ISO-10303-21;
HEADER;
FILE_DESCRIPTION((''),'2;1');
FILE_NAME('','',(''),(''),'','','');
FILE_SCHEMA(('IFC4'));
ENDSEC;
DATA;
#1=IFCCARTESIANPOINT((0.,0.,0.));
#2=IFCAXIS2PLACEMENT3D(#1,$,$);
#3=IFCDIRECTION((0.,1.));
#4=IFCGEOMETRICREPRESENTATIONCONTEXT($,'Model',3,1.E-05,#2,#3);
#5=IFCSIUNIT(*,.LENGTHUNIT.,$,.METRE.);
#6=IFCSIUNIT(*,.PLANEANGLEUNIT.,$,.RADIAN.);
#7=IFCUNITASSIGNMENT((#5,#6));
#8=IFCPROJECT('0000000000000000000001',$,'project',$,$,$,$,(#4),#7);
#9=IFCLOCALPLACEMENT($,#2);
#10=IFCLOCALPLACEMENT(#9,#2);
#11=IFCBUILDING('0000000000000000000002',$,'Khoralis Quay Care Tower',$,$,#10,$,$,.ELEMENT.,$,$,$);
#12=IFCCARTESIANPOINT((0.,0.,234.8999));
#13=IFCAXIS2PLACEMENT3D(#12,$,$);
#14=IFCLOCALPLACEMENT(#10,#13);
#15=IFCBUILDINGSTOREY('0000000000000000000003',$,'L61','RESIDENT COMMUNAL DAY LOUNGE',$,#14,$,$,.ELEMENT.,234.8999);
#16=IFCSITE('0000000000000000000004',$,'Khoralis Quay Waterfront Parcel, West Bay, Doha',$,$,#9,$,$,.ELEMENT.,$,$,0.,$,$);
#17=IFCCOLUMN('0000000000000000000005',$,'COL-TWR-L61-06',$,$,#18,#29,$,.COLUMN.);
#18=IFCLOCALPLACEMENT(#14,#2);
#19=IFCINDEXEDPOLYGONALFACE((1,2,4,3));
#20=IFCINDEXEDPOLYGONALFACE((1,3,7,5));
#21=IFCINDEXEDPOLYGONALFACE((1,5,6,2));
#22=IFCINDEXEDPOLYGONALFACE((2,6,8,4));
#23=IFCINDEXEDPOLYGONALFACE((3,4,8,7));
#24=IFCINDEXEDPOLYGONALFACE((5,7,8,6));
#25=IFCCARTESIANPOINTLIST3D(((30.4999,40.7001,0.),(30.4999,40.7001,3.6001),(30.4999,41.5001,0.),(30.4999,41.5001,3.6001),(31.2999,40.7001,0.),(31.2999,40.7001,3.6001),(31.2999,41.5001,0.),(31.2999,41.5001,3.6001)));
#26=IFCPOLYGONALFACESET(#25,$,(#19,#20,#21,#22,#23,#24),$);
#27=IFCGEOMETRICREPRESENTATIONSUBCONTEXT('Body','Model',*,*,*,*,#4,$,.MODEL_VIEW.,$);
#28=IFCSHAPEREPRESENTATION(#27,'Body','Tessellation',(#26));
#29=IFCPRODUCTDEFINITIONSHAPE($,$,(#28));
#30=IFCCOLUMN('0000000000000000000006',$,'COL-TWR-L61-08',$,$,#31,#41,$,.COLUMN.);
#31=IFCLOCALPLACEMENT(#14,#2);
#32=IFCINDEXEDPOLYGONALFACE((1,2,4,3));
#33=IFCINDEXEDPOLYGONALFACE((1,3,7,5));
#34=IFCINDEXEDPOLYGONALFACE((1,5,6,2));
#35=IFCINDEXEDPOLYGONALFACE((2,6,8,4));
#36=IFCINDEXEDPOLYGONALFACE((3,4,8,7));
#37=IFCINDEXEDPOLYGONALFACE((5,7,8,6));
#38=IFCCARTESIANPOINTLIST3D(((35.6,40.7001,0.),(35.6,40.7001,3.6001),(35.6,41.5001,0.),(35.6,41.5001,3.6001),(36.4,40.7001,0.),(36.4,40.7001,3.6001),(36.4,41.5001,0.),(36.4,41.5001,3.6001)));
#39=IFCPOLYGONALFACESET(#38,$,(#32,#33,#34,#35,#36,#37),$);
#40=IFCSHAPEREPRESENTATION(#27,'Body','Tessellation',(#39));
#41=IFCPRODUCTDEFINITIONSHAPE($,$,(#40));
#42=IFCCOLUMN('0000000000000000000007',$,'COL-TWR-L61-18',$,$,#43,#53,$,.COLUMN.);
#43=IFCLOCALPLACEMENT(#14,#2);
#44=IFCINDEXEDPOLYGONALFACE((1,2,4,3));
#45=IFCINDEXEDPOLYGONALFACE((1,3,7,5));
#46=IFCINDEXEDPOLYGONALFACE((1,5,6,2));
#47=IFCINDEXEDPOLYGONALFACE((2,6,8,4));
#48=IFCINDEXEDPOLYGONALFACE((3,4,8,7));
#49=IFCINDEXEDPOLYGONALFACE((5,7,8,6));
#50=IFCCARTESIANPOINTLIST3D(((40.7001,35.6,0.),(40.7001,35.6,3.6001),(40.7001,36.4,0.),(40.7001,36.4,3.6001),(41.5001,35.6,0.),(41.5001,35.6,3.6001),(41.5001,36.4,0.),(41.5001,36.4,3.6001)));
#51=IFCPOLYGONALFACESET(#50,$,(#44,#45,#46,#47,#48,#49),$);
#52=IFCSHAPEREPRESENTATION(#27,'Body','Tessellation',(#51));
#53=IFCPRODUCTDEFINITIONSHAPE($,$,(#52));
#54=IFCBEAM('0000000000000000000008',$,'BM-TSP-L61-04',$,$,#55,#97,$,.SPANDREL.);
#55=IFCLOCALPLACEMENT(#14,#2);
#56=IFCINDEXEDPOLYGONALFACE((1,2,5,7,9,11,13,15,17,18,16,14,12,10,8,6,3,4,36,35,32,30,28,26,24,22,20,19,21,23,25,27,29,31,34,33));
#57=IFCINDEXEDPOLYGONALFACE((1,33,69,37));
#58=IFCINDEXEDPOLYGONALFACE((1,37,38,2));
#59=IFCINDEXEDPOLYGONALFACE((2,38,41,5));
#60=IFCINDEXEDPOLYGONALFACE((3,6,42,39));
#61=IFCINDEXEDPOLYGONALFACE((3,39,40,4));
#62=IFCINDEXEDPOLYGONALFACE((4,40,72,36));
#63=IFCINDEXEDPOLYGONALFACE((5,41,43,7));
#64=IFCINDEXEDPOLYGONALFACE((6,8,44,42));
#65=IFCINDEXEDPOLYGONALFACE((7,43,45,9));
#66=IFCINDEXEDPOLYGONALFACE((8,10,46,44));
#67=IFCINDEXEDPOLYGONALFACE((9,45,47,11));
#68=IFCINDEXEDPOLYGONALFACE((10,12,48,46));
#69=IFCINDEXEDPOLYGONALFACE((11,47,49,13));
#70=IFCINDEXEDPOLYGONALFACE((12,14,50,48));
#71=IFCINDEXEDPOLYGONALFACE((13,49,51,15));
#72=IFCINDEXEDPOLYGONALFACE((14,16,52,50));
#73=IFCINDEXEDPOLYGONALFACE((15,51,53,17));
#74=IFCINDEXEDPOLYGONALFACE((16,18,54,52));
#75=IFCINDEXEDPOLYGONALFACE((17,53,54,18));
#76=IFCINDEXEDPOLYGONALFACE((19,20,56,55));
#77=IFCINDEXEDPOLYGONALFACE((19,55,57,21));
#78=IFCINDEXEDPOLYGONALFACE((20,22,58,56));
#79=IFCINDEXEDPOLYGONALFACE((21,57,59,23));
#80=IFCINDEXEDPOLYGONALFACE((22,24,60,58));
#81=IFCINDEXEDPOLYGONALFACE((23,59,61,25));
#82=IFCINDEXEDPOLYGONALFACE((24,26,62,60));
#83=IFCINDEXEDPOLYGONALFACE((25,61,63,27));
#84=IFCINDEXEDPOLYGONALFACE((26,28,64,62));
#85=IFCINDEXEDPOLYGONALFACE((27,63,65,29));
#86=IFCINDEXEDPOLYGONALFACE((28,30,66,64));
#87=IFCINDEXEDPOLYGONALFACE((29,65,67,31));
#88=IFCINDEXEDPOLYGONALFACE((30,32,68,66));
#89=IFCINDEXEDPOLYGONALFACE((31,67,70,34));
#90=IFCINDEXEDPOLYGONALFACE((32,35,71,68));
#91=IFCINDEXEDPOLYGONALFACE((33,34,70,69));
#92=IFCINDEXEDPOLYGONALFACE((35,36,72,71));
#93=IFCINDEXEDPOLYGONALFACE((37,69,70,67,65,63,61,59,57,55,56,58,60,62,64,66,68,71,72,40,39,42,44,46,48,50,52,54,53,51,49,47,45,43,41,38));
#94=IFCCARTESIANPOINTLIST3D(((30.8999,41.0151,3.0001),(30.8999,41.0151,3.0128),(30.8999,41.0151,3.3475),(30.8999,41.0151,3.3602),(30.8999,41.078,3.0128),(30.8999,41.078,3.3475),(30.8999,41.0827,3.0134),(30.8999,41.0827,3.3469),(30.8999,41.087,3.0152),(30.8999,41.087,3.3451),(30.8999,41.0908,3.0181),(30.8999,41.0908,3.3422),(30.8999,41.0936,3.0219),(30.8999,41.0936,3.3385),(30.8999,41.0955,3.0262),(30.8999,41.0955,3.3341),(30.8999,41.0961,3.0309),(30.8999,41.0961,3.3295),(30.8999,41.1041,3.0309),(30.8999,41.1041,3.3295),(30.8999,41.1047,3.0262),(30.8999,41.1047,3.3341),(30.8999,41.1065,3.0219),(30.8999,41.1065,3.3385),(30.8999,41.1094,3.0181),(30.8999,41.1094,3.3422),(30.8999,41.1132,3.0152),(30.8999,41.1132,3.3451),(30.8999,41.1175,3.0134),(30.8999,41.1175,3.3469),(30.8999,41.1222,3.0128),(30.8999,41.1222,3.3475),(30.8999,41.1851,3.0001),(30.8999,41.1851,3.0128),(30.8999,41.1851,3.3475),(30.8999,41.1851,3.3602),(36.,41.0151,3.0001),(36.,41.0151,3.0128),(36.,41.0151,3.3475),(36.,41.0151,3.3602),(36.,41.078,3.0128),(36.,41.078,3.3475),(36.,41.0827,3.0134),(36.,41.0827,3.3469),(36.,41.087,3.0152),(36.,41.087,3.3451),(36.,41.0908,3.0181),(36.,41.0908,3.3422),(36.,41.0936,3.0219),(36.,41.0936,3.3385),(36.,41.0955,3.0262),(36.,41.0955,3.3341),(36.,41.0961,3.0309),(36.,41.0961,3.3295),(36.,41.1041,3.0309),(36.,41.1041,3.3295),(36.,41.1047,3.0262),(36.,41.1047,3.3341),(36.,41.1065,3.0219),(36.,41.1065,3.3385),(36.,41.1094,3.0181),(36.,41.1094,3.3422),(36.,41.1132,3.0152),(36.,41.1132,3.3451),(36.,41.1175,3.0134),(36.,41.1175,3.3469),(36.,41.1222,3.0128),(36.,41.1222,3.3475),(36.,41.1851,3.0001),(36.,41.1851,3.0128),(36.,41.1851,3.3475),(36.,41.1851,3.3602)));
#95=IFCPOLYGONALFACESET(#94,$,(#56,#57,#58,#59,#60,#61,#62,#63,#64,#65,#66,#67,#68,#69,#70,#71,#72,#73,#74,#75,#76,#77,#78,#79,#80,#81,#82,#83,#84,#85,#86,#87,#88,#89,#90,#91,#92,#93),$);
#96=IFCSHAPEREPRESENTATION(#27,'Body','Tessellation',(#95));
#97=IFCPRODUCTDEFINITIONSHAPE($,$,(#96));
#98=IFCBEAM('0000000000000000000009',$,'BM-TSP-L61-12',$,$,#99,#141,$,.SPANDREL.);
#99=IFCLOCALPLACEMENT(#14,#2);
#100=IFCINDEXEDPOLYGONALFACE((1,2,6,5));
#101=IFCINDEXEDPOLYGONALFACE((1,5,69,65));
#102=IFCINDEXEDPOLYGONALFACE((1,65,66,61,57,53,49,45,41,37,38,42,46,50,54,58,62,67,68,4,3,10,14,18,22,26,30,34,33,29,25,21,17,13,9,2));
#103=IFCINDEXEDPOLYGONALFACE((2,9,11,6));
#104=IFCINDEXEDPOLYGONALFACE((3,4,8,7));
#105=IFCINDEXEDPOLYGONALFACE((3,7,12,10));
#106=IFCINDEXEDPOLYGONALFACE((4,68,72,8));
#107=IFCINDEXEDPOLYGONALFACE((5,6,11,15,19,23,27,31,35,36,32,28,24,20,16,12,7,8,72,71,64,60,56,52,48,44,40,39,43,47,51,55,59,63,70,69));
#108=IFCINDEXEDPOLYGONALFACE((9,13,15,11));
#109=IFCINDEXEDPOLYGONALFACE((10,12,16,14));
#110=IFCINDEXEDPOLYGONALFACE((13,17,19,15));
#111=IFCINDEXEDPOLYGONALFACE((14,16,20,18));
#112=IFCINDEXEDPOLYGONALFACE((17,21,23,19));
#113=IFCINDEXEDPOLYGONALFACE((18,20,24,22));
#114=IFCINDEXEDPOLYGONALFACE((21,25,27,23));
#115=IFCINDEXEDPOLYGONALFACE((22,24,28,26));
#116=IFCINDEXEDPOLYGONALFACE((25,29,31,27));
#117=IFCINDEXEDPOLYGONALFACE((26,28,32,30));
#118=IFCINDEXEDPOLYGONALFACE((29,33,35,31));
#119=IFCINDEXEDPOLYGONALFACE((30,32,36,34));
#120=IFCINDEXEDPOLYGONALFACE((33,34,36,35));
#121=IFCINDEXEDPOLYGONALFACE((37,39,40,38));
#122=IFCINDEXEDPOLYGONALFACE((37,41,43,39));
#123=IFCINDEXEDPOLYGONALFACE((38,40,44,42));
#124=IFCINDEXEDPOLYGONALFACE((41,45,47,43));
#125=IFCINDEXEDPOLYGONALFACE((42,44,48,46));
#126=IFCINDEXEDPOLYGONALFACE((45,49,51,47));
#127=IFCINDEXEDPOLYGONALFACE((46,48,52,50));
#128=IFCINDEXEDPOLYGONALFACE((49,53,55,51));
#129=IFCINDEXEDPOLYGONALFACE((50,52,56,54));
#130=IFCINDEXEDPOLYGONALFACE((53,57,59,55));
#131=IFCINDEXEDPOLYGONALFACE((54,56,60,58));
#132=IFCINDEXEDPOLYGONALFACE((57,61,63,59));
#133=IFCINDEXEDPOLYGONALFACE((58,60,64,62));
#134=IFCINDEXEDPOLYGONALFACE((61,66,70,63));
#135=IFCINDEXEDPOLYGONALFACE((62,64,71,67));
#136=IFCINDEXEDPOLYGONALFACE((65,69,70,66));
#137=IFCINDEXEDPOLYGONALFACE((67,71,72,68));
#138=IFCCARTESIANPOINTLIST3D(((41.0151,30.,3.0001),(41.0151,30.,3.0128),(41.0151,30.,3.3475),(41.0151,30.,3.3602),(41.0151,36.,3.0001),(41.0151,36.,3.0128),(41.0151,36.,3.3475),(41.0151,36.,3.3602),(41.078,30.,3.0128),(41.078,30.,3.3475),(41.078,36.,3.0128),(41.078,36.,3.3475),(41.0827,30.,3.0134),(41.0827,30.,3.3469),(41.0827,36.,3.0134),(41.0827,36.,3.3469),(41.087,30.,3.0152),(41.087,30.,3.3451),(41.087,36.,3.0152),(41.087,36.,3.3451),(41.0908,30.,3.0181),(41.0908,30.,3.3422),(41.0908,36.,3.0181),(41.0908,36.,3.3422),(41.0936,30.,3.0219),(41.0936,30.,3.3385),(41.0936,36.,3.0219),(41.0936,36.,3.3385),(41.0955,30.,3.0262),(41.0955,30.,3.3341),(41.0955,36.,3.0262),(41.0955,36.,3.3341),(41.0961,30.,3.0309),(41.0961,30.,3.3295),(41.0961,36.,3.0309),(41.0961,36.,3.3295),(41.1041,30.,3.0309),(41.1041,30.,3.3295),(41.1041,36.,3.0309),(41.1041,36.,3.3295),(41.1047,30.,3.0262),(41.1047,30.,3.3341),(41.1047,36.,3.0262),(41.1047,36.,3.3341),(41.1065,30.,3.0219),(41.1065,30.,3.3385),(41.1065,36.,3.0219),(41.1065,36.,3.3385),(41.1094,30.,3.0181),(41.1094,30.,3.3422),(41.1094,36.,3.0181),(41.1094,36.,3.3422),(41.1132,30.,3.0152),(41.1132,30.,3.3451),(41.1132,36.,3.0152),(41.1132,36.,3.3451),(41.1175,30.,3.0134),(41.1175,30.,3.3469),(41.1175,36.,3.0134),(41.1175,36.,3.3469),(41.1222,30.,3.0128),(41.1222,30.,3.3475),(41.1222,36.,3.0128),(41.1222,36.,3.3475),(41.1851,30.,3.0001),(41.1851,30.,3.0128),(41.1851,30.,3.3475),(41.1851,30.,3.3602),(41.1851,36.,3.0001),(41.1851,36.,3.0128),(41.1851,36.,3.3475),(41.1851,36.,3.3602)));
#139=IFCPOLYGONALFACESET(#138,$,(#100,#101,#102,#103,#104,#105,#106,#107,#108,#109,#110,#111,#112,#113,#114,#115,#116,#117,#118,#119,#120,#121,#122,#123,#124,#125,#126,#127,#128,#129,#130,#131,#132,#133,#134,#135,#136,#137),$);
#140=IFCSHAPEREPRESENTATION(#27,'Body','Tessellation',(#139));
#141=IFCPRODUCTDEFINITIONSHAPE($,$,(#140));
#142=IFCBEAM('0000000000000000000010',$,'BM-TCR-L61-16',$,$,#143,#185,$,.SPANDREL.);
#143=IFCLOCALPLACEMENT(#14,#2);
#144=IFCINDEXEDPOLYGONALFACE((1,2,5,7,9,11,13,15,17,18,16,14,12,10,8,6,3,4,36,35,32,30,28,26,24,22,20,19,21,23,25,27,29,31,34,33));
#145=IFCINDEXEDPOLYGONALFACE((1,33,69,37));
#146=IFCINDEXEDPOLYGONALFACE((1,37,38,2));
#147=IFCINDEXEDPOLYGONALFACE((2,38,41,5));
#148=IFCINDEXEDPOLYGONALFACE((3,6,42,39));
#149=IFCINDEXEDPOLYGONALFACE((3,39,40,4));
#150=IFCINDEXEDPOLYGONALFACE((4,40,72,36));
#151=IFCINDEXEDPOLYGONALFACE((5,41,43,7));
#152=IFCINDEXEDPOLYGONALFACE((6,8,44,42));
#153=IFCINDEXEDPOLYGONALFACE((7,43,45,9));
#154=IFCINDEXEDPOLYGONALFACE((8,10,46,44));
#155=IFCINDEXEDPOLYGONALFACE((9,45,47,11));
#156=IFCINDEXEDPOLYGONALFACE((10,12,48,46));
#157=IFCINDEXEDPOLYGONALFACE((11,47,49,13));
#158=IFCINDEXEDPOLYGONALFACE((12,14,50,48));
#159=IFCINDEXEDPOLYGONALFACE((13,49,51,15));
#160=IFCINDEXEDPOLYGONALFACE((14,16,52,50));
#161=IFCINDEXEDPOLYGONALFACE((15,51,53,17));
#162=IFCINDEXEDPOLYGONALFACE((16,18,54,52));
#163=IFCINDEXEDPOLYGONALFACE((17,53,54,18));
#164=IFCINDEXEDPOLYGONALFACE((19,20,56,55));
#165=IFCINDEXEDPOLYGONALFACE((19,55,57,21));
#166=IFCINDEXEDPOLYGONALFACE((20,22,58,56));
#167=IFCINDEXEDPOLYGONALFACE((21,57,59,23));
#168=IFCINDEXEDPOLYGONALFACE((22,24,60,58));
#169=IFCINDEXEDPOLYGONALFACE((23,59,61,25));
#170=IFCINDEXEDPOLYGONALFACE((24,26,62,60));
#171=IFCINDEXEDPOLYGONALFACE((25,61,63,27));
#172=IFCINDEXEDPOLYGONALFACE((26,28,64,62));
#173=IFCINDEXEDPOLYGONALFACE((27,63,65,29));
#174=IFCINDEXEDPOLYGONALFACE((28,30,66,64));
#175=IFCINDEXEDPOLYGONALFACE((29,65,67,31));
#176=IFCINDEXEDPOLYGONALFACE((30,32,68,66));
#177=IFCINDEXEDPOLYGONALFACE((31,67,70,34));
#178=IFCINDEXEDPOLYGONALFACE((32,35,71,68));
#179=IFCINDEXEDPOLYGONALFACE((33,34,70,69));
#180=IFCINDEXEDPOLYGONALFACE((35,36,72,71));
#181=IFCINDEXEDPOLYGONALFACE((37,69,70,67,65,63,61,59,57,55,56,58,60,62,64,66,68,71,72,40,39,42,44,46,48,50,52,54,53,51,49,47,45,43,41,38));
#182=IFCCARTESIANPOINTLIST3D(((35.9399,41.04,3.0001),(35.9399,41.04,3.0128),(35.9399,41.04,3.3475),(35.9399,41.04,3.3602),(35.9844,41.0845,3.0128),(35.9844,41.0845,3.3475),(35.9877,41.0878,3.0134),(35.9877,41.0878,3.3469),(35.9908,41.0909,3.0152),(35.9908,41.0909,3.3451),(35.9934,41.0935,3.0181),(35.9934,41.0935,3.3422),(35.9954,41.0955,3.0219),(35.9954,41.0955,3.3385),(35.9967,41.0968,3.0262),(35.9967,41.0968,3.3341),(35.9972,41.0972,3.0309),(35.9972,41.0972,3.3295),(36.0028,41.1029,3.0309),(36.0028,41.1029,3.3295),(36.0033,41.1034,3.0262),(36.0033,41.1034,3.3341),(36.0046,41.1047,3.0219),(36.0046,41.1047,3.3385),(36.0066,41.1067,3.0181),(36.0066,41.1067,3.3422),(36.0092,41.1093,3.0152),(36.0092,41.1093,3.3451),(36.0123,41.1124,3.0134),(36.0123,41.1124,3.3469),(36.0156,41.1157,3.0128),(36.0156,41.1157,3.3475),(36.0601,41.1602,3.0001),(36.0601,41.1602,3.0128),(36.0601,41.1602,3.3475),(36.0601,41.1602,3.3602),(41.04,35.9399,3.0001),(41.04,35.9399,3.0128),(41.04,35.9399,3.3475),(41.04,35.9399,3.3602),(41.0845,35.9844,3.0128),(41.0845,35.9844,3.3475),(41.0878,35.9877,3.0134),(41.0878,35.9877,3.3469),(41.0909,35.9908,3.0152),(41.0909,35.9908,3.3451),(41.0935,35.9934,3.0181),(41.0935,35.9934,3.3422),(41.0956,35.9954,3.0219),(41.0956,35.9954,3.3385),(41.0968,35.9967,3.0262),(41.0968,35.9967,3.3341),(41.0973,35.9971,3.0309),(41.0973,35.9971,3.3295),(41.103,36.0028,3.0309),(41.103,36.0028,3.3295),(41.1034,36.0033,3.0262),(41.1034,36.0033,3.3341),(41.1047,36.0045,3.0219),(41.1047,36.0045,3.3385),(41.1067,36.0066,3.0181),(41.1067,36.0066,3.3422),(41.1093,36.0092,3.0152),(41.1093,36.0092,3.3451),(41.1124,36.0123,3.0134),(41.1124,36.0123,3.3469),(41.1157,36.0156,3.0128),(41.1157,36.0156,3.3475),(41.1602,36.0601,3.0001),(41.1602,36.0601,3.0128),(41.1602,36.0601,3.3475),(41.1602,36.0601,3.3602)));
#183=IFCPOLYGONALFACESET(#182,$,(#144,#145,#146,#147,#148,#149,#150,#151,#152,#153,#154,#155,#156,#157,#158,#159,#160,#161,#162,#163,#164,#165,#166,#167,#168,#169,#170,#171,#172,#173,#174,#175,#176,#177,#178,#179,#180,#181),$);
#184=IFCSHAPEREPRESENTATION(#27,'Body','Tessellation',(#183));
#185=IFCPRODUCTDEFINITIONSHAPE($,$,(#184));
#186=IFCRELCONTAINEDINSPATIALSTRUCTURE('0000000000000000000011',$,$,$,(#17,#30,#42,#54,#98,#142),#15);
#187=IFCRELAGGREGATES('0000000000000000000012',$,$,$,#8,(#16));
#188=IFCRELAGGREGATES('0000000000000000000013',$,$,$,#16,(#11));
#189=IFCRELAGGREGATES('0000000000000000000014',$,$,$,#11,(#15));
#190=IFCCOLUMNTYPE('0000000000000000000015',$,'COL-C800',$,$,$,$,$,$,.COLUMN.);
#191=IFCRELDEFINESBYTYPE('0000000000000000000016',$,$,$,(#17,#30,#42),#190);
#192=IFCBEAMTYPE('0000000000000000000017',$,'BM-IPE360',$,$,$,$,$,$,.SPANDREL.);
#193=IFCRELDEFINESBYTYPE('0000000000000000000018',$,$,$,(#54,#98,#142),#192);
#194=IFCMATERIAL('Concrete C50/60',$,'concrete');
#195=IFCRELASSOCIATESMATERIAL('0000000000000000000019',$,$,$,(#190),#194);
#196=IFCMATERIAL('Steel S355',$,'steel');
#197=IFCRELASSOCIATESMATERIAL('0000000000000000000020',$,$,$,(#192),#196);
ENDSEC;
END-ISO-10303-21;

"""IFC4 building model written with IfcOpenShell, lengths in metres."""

from ifc_helpers import new_model, si_unit, direction, frame, origin, origin_2d, place, context, subcontext, project, spatial, rectangle, i_section, extrude, source, transform, mapped, material, material_profile, profile_set, type_object, element, save


model = new_model("IFC4")

# Units and contexts
model_context = context("Model", 3, precision=1e-05, world=origin(), true_north=direction((0.0, 1.0)))
body_context = subcontext(model_context, "Body", "Model", "MODEL_VIEW")
ifc_project = project(units=[si_unit("LENGTHUNIT", "METRE"), si_unit("PLANEANGLEUNIT", "RADIAN")], contexts=[model_context])

# Site, building, storey
site_placement = place(None, origin())
site = spatial("IfcSite", under=ifc_project, at=site_placement, Name="Khoralis Quay Waterfront Parcel, West Bay, Doha", CompositionType="ELEMENT", RefElevation=0.0)
building_placement = place(site_placement, origin())
building = spatial("IfcBuilding", under=site, at=building_placement, Name="Khoralis Quay Care Tower", CompositionType="ELEMENT")
storey_placement = place(building_placement, frame((0.0, 0.0, 234.8999)))
storey = spatial("IfcBuildingStorey", under=building, at=storey_placement, Name="L61", Description="RESIDENT COMMUNAL DAY LOUNGE", CompositionType="ELEMENT", Elevation=234.8999)

# Columns
ifc_material_1 = material(Name="Concrete C50/60", Category="concrete")
ifc_material_profile_1 = material_profile(ifc_material_1, rectangle(XDim=0.8, YDim=0.8, at=origin_2d()), Name="Concrete C50/60")
ifc_profile_set_1 = profile_set([ifc_material_profile_1], Name="Concrete C50/60")
column_type = type_object("IfcColumnType", Name="COL-C800", PredefinedType="COLUMN", material=ifc_profile_set_1)
shared_shape_1 = source(origin(), body_context, "Body", "SweptSolid", [
    extrude(rectangle(XDim=0.8, YDim=0.8, at=origin_2d()), origin(), (0.0, 0.0, 1.0), 3.6001),
])
for number, where, z_axis, x_axis, name in (
    (1, (30.8999, 41.1001, 0.0), (0.0, 0.0, 1.0), (1.0, 0.0, 0.0), "COL-TWR-L61-06"),
    (2, (36.0, 41.1001, 0.0), (0.0, 0.0, 1.0), (1.0, 0.0, 0.0), "COL-TWR-L61-08"),
    (3, (41.1001, 36.0, 0.0), (0.0, 0.0, 1.0), (1.0, 0.0, 0.0), "COL-TWR-L61-18"),
):
    element("IfcColumn", number, at=place(storey_placement, frame(where, z_axis=z_axis, x_axis=x_axis)), inside=storey, type_object=column_type, Name=name, PredefinedType="COLUMN", context=body_context, shape_type="MappedRepresentation", body=[
        mapped(shared_shape_1, transform((0.0, 0.0, 0.0), scale=1.0)),
    ])

# Beams
ifc_material_2 = material(Name="Steel S355", Category="steel")
ifc_material_profile_2 = material_profile(ifc_material_2, i_section(OverallWidth=0.1699, OverallDepth=0.3601, WebThickness=0.0081, FlangeThickness=0.0127, FilletRadius=0.0181, at=origin_2d()), Name="Steel S355")
ifc_profile_set_2 = profile_set([ifc_material_profile_2], Name="Steel S355")
beam_type_1 = type_object("IfcBeamType", Name="BM-IPE360", PredefinedType="SPANDREL", material=ifc_profile_set_2)
shared_shape_2 = source(origin(), body_context, "Body", "SweptSolid", [
    extrude(i_section(OverallWidth=0.1699, OverallDepth=0.3601, WebThickness=0.0081, FlangeThickness=0.0127, FilletRadius=0.0181, at=origin_2d()), origin(), (0.0, 0.0, 1.0), 5.1001),
])
beam_1_placement = place(storey_placement, frame((30.8999, 41.1001, 3.1802), z_axis=(1.0, 0.0, 0.0), x_axis=(0.0, 1.0, 0.0)))
element("IfcBeam", 4, at=beam_1_placement, inside=storey, type_object=beam_type_1, Name="BM-TSP-L61-04", PredefinedType="SPANDREL", context=body_context, shape_type="MappedRepresentation", body=[
    mapped(shared_shape_2, transform((0.0, 0.0, 0.0), scale=1.0)),
])
shared_shape_3 = source(origin(), body_context, "Body", "SweptSolid", [
    extrude(i_section(OverallWidth=0.1699, OverallDepth=0.3601, WebThickness=0.0081, FlangeThickness=0.0127, FilletRadius=0.0181, at=origin_2d()), origin(), (0.0, 0.0, 1.0), 6.0),
])
beam_2_placement = place(storey_placement, frame((41.1001, 30.0, 3.1802), z_axis=(0.0, 1.0, 0.0), x_axis=(-1.0, 0.0, 0.0)))
element("IfcBeam", 5, at=beam_2_placement, inside=storey, type_object=beam_type_1, Name="BM-TSP-L61-12", PredefinedType="SPANDREL", context=body_context, shape_type="MappedRepresentation", body=[
    mapped(shared_shape_3, transform((0.0, 0.0, 0.0), scale=1.0)),
])
shared_shape_4 = source(origin(), body_context, "Body", "SweptSolid", [
    extrude(i_section(OverallWidth=0.1699, OverallDepth=0.3601, WebThickness=0.0081, FlangeThickness=0.0127, FilletRadius=0.0181, at=origin_2d()), origin(), (0.0, 0.0, 1.0), 7.2126),
])
beam_3_placement = place(storey_placement, frame((36.0, 41.1001, 3.1802), z_axis=(0.707107, -0.707107, 0.0), x_axis=(0.707107, 0.707107, 0.0)))
element("IfcBeam", 6, at=beam_3_placement, inside=storey, type_object=beam_type_1, Name="BM-TCR-L61-16", PredefinedType="SPANDREL", context=body_context, shape_type="MappedRepresentation", body=[
    mapped(shared_shape_4, transform((0.0, 0.0, 0.0), scale=1.0)),
])

save(model, "model.ifc")
